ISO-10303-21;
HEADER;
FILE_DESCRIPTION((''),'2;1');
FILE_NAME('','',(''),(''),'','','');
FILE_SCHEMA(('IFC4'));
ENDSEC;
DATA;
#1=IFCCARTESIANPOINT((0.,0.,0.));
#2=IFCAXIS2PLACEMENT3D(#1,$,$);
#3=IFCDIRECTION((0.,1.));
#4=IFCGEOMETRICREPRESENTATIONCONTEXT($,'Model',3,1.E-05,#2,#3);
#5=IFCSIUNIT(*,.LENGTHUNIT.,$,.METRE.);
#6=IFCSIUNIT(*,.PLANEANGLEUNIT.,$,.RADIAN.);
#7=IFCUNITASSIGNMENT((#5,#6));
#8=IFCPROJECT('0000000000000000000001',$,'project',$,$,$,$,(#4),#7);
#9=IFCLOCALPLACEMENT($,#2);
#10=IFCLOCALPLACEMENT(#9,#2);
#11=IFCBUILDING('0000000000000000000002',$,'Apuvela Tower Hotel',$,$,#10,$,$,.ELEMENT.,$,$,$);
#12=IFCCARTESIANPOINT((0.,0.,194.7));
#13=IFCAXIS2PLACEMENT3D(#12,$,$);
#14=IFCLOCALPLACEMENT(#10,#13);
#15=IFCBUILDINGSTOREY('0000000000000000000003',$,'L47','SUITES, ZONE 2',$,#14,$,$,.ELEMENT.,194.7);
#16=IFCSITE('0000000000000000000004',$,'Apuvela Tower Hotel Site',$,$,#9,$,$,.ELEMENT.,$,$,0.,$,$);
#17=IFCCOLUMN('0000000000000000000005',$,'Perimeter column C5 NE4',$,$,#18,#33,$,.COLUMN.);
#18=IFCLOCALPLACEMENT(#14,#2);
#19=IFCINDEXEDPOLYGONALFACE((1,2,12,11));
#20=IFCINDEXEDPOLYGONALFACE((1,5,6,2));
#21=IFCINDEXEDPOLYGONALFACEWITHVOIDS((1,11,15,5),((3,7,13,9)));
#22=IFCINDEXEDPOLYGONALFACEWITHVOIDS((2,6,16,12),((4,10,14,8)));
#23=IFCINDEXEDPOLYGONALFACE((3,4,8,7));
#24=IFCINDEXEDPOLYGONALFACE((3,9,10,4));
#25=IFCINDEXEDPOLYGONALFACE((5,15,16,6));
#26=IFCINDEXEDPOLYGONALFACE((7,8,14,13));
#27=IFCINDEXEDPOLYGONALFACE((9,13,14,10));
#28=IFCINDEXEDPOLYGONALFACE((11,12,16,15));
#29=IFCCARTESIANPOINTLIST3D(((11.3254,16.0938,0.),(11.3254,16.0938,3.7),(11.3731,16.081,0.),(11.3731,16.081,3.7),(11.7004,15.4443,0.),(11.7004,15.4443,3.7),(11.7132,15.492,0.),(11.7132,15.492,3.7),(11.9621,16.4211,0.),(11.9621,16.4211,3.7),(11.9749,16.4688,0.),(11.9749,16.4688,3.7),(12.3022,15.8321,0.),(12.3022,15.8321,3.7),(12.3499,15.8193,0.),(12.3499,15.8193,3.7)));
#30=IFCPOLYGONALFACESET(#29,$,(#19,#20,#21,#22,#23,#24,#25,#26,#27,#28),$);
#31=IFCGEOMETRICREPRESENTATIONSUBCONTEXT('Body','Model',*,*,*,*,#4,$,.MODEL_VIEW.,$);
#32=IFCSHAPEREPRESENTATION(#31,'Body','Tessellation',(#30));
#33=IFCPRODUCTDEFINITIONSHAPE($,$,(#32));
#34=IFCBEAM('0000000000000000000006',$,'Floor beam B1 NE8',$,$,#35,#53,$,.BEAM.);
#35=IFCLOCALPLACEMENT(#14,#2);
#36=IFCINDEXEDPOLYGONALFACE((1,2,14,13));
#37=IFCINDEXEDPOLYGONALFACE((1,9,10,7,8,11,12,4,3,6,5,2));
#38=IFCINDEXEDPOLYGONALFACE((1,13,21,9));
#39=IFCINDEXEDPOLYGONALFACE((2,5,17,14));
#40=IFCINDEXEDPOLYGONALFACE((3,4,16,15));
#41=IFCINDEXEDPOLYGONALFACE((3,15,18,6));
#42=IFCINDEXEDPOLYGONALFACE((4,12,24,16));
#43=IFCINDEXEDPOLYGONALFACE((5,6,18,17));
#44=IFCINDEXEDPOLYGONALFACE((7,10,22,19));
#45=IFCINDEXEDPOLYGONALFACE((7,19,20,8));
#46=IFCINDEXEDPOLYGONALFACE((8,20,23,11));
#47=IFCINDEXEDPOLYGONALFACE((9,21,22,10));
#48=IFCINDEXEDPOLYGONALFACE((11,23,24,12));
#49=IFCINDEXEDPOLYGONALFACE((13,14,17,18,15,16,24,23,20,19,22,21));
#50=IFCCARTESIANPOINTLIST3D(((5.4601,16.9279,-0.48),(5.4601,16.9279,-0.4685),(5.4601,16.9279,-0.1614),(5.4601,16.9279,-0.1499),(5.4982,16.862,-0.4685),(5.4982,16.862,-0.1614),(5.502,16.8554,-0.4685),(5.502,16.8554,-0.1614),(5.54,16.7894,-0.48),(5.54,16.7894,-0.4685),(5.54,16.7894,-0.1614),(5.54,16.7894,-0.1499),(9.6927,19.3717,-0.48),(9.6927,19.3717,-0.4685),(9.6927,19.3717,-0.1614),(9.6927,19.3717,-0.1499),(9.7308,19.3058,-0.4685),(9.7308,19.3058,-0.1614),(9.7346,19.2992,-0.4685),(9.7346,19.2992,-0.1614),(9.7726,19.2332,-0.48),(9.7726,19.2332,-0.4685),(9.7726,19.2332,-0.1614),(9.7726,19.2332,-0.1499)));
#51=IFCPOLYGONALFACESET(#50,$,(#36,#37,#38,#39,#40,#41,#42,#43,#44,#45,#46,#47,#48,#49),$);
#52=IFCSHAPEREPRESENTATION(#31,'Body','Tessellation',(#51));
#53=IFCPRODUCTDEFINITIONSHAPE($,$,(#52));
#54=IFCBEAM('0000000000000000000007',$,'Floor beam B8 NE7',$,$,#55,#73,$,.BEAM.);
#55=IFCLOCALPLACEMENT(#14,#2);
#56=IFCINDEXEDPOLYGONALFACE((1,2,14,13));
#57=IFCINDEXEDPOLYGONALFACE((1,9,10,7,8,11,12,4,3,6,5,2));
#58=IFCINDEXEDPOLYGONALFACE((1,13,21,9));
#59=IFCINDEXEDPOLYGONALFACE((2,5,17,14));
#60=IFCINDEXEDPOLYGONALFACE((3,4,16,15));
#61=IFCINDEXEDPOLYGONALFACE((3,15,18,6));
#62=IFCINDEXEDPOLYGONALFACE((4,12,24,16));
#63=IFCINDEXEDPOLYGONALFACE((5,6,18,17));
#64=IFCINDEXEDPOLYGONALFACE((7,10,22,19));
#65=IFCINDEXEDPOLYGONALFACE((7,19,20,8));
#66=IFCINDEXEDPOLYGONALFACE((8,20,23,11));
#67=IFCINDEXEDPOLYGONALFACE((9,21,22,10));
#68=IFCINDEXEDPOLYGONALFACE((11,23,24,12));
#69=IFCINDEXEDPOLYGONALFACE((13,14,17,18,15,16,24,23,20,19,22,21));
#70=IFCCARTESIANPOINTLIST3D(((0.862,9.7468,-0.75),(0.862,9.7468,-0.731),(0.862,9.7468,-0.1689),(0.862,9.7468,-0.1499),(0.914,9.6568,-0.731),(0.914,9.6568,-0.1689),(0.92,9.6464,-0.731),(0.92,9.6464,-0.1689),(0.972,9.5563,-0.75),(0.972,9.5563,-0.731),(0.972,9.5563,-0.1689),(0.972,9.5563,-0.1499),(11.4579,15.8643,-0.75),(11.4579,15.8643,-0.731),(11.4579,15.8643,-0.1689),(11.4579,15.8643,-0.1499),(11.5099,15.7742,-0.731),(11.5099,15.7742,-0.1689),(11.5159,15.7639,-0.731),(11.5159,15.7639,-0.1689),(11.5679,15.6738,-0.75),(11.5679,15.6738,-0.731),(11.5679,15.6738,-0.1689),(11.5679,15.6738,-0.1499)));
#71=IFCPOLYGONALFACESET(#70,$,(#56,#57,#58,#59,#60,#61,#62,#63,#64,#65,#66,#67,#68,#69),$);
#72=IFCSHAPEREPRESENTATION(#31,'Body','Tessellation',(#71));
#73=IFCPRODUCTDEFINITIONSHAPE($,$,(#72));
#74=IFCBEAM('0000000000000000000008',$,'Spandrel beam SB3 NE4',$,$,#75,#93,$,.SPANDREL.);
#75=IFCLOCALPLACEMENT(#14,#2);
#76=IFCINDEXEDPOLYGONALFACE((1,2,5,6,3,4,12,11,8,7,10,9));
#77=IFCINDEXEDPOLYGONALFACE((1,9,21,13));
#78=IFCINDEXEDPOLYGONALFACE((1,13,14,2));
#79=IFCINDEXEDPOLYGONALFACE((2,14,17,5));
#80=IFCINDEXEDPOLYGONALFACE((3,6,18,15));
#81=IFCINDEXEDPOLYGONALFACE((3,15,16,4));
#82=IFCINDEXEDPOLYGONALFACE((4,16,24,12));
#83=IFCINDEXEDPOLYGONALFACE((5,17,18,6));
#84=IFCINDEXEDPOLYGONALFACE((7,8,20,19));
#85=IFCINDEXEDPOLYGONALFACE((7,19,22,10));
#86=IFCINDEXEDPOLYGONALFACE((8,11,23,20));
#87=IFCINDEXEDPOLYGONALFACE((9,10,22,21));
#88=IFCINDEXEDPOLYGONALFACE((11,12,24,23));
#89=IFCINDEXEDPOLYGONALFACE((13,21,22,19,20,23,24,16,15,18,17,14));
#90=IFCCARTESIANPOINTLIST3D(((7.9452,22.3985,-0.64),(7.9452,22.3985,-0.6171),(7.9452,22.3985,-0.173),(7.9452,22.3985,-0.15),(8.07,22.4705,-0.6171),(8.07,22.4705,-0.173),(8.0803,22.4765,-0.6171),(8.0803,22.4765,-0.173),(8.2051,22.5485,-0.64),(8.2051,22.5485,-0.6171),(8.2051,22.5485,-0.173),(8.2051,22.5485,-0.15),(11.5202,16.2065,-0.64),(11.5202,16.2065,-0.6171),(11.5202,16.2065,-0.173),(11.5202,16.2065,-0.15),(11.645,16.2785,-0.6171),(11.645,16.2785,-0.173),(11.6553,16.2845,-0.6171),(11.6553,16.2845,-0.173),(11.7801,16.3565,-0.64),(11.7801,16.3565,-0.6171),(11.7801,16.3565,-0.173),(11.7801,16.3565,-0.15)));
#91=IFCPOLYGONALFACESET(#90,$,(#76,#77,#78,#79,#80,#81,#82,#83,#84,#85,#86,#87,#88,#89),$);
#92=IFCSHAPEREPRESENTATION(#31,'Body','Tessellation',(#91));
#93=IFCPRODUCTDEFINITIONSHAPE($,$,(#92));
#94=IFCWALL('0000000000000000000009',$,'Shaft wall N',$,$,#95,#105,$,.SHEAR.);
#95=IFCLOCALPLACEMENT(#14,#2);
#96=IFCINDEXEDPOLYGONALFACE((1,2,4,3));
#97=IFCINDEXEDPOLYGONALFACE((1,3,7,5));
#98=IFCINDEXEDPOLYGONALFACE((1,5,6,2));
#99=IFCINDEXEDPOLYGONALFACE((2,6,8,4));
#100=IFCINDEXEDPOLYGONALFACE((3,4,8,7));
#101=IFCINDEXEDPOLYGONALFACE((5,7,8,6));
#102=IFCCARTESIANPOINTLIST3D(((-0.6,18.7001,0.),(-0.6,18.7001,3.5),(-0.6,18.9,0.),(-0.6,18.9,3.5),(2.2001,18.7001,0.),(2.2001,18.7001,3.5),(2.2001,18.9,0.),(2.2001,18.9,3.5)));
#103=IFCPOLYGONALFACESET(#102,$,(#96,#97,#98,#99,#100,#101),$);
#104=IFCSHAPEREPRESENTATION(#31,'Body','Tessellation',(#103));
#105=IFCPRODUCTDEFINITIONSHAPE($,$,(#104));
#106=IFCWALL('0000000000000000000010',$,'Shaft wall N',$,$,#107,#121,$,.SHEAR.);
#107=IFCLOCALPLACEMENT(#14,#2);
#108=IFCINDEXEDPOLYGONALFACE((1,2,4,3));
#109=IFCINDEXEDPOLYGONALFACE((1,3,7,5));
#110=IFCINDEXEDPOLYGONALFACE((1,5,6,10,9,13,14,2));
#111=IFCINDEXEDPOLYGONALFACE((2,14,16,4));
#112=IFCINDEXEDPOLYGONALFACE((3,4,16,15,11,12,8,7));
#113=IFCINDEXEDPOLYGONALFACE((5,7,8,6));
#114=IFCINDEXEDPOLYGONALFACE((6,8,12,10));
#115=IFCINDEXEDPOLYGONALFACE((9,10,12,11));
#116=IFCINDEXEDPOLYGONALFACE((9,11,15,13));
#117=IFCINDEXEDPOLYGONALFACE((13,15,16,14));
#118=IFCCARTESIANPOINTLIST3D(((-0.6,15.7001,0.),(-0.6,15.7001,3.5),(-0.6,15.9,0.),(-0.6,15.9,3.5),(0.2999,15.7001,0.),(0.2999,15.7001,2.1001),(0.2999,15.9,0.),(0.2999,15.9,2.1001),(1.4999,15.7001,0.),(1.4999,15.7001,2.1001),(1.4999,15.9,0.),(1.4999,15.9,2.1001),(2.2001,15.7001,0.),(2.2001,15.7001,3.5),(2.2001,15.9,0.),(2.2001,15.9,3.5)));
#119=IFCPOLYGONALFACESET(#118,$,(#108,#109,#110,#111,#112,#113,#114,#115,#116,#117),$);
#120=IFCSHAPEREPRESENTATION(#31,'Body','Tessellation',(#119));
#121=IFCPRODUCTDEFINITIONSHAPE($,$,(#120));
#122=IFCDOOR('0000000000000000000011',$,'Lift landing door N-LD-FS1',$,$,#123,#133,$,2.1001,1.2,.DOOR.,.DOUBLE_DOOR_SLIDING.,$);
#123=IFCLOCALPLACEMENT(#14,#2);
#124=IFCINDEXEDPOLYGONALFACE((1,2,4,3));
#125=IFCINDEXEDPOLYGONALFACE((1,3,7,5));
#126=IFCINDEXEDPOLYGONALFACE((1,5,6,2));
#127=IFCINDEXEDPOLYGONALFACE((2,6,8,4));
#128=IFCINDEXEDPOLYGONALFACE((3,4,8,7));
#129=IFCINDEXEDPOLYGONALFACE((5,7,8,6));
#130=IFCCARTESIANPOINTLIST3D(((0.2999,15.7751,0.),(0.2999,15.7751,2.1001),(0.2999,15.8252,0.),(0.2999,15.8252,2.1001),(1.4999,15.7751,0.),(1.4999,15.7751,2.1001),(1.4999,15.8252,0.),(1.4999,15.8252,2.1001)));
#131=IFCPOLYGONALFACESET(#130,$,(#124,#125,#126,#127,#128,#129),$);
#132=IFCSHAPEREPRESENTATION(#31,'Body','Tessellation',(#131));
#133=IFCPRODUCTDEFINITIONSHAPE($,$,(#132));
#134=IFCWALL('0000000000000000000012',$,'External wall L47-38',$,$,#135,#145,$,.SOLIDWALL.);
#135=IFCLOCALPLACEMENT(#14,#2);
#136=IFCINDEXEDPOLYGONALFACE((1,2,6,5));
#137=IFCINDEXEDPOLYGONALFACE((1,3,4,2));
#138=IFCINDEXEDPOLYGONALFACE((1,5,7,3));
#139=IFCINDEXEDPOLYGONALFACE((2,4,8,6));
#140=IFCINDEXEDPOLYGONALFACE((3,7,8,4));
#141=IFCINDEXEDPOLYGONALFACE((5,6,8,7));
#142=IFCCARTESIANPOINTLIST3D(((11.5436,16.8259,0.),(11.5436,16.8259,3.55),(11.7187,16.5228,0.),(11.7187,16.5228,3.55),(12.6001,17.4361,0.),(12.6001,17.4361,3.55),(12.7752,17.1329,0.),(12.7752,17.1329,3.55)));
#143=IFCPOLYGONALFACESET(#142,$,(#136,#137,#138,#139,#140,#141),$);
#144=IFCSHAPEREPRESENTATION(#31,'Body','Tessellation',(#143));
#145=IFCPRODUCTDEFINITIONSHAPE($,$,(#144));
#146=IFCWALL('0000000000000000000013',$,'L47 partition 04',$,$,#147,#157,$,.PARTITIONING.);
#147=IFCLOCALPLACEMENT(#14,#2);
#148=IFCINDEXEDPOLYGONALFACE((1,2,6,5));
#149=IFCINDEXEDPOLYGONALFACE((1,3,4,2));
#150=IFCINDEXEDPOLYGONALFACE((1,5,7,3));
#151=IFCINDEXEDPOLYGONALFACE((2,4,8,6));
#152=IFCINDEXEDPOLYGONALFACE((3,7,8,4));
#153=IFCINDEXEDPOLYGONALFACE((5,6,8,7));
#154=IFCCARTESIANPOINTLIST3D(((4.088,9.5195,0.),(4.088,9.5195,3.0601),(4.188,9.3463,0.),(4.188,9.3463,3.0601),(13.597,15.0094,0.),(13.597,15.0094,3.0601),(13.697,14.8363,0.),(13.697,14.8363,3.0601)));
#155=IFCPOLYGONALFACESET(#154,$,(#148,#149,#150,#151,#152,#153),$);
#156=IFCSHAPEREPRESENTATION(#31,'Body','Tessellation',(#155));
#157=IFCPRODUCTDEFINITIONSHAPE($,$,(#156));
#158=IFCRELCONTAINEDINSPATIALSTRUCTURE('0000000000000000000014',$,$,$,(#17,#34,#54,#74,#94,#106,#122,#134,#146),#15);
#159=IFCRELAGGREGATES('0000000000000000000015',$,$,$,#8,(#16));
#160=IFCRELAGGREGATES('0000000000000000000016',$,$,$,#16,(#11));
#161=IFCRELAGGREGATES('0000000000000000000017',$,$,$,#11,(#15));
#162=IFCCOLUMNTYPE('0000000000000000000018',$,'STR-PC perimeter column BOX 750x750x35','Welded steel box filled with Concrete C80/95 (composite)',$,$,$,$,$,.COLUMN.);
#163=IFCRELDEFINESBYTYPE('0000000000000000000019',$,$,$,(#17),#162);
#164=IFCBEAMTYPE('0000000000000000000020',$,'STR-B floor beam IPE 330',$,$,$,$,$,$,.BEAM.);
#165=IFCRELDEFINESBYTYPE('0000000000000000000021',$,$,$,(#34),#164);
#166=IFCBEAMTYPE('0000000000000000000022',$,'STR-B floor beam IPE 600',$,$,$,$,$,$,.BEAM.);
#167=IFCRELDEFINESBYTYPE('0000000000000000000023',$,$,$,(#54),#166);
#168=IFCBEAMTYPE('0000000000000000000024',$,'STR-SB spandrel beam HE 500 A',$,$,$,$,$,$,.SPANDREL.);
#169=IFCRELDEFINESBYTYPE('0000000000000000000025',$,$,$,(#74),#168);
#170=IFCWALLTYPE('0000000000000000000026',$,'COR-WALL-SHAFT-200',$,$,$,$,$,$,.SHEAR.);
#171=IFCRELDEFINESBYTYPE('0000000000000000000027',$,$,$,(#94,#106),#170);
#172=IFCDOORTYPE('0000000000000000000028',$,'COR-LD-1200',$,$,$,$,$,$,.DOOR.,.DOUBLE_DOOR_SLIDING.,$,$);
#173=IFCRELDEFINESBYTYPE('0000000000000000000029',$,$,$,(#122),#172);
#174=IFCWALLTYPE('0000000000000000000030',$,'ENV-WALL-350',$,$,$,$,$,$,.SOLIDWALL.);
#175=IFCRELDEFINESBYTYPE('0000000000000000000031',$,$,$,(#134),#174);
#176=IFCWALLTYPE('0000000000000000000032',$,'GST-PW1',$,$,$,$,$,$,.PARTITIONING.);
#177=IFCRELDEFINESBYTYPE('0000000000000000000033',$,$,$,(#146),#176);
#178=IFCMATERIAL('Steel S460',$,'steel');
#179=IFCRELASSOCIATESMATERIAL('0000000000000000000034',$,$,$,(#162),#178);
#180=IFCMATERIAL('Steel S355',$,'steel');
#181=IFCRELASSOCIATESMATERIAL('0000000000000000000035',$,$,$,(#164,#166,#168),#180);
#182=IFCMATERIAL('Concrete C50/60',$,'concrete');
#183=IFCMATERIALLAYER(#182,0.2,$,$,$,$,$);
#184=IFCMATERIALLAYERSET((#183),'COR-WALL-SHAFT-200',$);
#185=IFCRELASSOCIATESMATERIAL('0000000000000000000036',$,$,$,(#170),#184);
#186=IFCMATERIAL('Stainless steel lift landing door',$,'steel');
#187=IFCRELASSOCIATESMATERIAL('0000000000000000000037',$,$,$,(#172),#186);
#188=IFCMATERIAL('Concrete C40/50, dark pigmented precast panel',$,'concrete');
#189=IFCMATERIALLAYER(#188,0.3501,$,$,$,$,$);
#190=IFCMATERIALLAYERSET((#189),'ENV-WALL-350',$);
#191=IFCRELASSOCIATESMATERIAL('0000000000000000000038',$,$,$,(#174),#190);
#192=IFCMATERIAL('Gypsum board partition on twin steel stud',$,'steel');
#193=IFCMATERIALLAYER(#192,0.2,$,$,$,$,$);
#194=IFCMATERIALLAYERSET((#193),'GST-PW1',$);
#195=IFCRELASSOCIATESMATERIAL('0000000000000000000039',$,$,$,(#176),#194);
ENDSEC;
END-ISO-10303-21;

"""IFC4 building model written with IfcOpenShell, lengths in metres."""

from ifc_helpers import new_model, si_unit, direction, frame, frame_2d, origin, origin_2d, place, context, subcontext, project, spatial, rectangle, hollow_rectangle, i_section, extrude, material, layer, layer_set, material_profile, profile_set, type_object, element, fill, save


model = new_model("IFC4")

# Units and contexts
model_context = context("Model", 3, precision=1e-05, world=origin(), true_north=direction((0.0, 1.0)))
body_context = subcontext(model_context, "Body", "Model", "MODEL_VIEW")
ifc_project = project(units=[si_unit("LENGTHUNIT", "METRE"), si_unit("PLANEANGLEUNIT", "RADIAN")], contexts=[model_context])

# Site, building, storey
site_placement = place(None, origin())
site = spatial("IfcSite", under=ifc_project, at=site_placement, Name="Apuvela Tower Hotel Site", CompositionType="ELEMENT", RefElevation=0.0)
building_placement = place(site_placement, origin())
building = spatial("IfcBuilding", under=site, at=building_placement, Name="Apuvela Tower Hotel", CompositionType="ELEMENT")
storey_placement = place(building_placement, frame((0.0, 0.0, 194.7)))
storey = spatial("IfcBuildingStorey", under=building, at=storey_placement, Name="L47", Description="SUITES, ZONE 2", CompositionType="ELEMENT", Elevation=194.7)

# Column
ifc_material_1 = material(Name="Steel S460", Category="steel")
ifc_material_profile_1 = material_profile(ifc_material_1, hollow_rectangle(XDim=0.75, YDim=0.75, WallThickness=0.0349, at=origin_2d()), Name="BOX 750x750x35")
ifc_material_2 = material(Name="Concrete C80/95", Category="concrete")
ifc_material_profile_2 = material_profile(ifc_material_2, rectangle(XDim=0.6799, YDim=0.6799, at=origin_2d()), Name="Concrete C80/95 infill")
ifc_profile_set_1 = profile_set([ifc_material_profile_1, ifc_material_profile_2], Name="Steel S460")
column_type = type_object("IfcColumnType", Name="STR-PC perimeter column BOX 750x750x35", Description="Welded steel box filled with Concrete C80/95 (composite)", PredefinedType="COLUMN", material=ifc_profile_set_1)
column_placement = place(storey_placement, frame((11.8376, 15.9565, 0.0), z_axis=(0.0, 0.0, 1.0), x_axis=(-0.5, 0.866025, 0.0)))
element("IfcColumn", 1, at=column_placement, inside=storey, type_object=column_type, Name="Perimeter column C5 NE4", PredefinedType="COLUMN", context=body_context, shape_type="SweptSolid", body=[
    extrude(hollow_rectangle(XDim=0.75, YDim=0.75, WallThickness=0.0349, at=origin_2d()), origin(), (0.0, 0.0, 1.0), 3.7),
])

# Beams
ifc_material_3 = material(Name="Steel S355", Category="steel")
ifc_material_profile_3 = material_profile(ifc_material_3, i_section(OverallWidth=0.1599, OverallDepth=0.3301, WebThickness=0.0076, FlangeThickness=0.0115, at=origin_2d()), Name="IPE 330")
ifc_profile_set_2 = profile_set([ifc_material_profile_3], Name="Steel S355")
beam_type_1 = type_object("IfcBeamType", Name="STR-B floor beam IPE 330", PredefinedType="BEAM", material=ifc_profile_set_2)
beam_1_placement = place(storey_placement, frame((9.7327, 19.3025, -0.3149), z_axis=(-0.866015, -0.500018, 0.0), x_axis=(0.500018, -0.866015, 0.0)))
element("IfcBeam", 2, at=beam_1_placement, inside=storey, type_object=beam_type_1, Name="Floor beam B1 NE8", PredefinedType="BEAM", context=body_context, shape_type="SweptSolid", body=[
    extrude(i_section(OverallWidth=0.1599, OverallDepth=0.3301, WebThickness=0.0076, FlangeThickness=0.0115, at=origin_2d()), origin(), (0.0, 0.0, 1.0), 4.8875),
])
ifc_material_profile_4 = material_profile(ifc_material_3, i_section(OverallWidth=0.22, OverallDepth=0.6001, WebThickness=0.012, FlangeThickness=0.019, at=origin_2d()), Name="IPE 600")
ifc_profile_set_3 = profile_set([ifc_material_profile_4], Name="Steel S355")
beam_type_2 = type_object("IfcBeamType", Name="STR-B floor beam IPE 600", PredefinedType="BEAM", material=ifc_profile_set_3)
beam_2_placement = place(storey_placement, frame((11.5129, 15.769, -0.45), z_axis=(-0.86603, -0.499991, 0.0), x_axis=(0.499991, -0.86603, 0.0)))
element("IfcBeam", 3, at=beam_2_placement, inside=storey, type_object=beam_type_2, Name="Floor beam B8 NE7", PredefinedType="BEAM", context=body_context, shape_type="SweptSolid", body=[
    extrude(i_section(OverallWidth=0.22, OverallDepth=0.6001, WebThickness=0.012, FlangeThickness=0.019, at=origin_2d()), origin(), (0.0, 0.0, 1.0), 12.2351),
])
ifc_material_profile_5 = material_profile(ifc_material_3, i_section(OverallWidth=0.3, OverallDepth=0.49, WebThickness=0.012, FlangeThickness=0.0229, at=origin_2d()), Name="HE 500 A")
ifc_profile_set_4 = profile_set([ifc_material_profile_5], Name="Steel S355")
beam_type_3 = type_object("IfcBeamType", Name="STR-SB spandrel beam HE 500 A", PredefinedType="SPANDREL", material=ifc_profile_set_4)
beam_3_placement = place(storey_placement, frame((11.6501, 16.2815, -0.395), z_axis=(-0.500006, 0.866022, 0.0), x_axis=(-0.866022, -0.500006, 0.0)))
element("IfcBeam", 4, at=beam_3_placement, inside=storey, type_object=beam_type_3, Name="Spandrel beam SB3 NE4", PredefinedType="SPANDREL", context=body_context, shape_type="SweptSolid", body=[
    extrude(i_section(OverallWidth=0.3, OverallDepth=0.49, WebThickness=0.012, FlangeThickness=0.0229, at=origin_2d()), origin(), (0.0, 0.0, 1.0), 7.1499),
])

# Wall
ifc_material_4 = material(Name="Concrete C50/60", Category="concrete")
ifc_layer_1 = layer(ifc_material_4, 0.2)
ifc_layer_set_1 = layer_set([ifc_layer_1], Name="COR-WALL-SHAFT-200")
wall_type_1 = type_object("IfcWallType", Name="COR-WALL-SHAFT-200", PredefinedType="SHEAR", material=ifc_layer_set_1)
wall_1_placement = place(storey_placement, frame((2.2, 18.8, 0.0), z_axis=(0.0, 0.0, 1.0), x_axis=(-1.0, 0.0, 0.0)))
element("IfcWall", 5, at=wall_1_placement, inside=storey, type_object=wall_type_1, Name="Shaft wall N", PredefinedType="SHEAR", context=body_context, shape_type="SweptSolid", body=[
    extrude(rectangle(XDim=2.8, YDim=0.2, at=frame_2d((1.3999, 0.0))), origin(), (0.0, 0.0, 1.0), 3.5),
])

# Wall, opening, door
wall_2_placement = place(storey_placement, frame((2.2, 15.8, 0.0), z_axis=(0.0, 0.0, 1.0), x_axis=(-1.0, 0.0, 0.0)))
wall_2 = element("IfcWall", 6, at=wall_2_placement, inside=storey, type_object=wall_type_1, Name="Shaft wall N", PredefinedType="SHEAR", context=body_context, shape_type="SweptSolid", body=[
    extrude(rectangle(XDim=2.8, YDim=0.2, at=frame_2d((1.3999, 0.0))), origin(), (0.0, 0.0, 1.0), 3.5),
])
opening_1_placement = place(wall_2_placement, frame((0.7, 0.0, 0.0)))
opening_1 = element("IfcOpeningElement", 7, at=opening_1_placement, cuts=wall_2, PredefinedType="OPENING", context=body_context, shape_type="SweptSolid", body=[
    extrude(rectangle(XDim=1.2, YDim=2.1001, at=frame_2d((0.6001, 1.05))), frame((0.0, 0.1099, 0.0), z_axis=(0.0, -1.0, 0.0), x_axis=(1.0, 0.0, 0.0)), (0.0, 0.0, 1.0), 0.22),
])
ifc_material_5 = material(Name="Stainless steel lift landing door", Category="steel")
door_type_1 = type_object("IfcDoorType", Name="COR-LD-1200", OperationType="DOUBLE_DOOR_SLIDING", PredefinedType="DOOR", material=ifc_material_5)
door_1_placement = place(opening_1_placement, origin())
door_1 = element("IfcDoor", 8, at=door_1_placement, inside=storey, type_object=door_type_1, Name="Lift landing door N-LD-FS1", OperationType="DOUBLE_DOOR_SLIDING", OverallHeight=2.1001, OverallWidth=1.2, PredefinedType="DOOR", context=body_context, shape_type="SweptSolid", body=[
    extrude(rectangle(XDim=1.2, YDim=2.1001, at=frame_2d((0.6001, 1.05))), frame((0.0, 0.0249, 0.0), z_axis=(0.0, -1.0, 0.0), x_axis=(1.0, 0.0, 0.0)), (0.0, 0.0, 1.0), 0.05),
])
fill(opening_1, door_1)

# Wall
ifc_material_6 = material(Name="Concrete C40/50, dark pigmented precast panel", Category="concrete")
ifc_layer_2 = layer(ifc_material_6, 0.3501)
ifc_layer_set_2 = layer_set([ifc_layer_2], Name="ENV-WALL-350")
wall_type_2 = type_object("IfcWallType", Name="ENV-WALL-350", PredefinedType="SOLIDWALL", material=ifc_layer_set_2)
wall_3_placement = place(storey_placement, frame((12.6875, 17.2844, 0.0), z_axis=(0.0, 0.0, 1.0), x_axis=(-0.865956, -0.500121, 0.0)))
element("IfcWall", 9, at=wall_3_placement, inside=storey, type_object=wall_type_2, Name="External wall L47-38", PredefinedType="SOLIDWALL", context=body_context, shape_type="SweptSolid", body=[
    extrude(rectangle(XDim=1.22, YDim=0.3501, at=frame_2d((0.6099, 0.0))), origin(), (0.0, 0.0, 1.0), 3.55),
])

# Wall
ifc_material_7 = material(Name="Gypsum board partition on twin steel stud", Category="steel")
ifc_layer_3 = layer(ifc_material_7, 0.2)
ifc_layer_set_3 = layer_set([ifc_layer_3], Name="GST-PW1")
wall_type_3 = type_object("IfcWallType", Name="GST-PW1", PredefinedType="PARTITIONING", material=ifc_layer_set_3)
wall_4_placement = place(storey_placement, frame((13.647, 14.9229, 0.0), z_axis=(0.0, 0.0, 1.0), x_axis=(-0.866027, -0.499996, 0.0)))
element("IfcWall", 10, at=wall_4_placement, inside=storey, type_object=wall_type_3, Name="L47 partition 04", PredefinedType="PARTITIONING", context=body_context, shape_type="SweptSolid", body=[
    extrude(rectangle(XDim=10.98, YDim=0.2, at=frame_2d((5.49, 0.0))), origin(), (0.0, 0.0, 1.0), 3.0601),
])

save(model, "model.ifc")
